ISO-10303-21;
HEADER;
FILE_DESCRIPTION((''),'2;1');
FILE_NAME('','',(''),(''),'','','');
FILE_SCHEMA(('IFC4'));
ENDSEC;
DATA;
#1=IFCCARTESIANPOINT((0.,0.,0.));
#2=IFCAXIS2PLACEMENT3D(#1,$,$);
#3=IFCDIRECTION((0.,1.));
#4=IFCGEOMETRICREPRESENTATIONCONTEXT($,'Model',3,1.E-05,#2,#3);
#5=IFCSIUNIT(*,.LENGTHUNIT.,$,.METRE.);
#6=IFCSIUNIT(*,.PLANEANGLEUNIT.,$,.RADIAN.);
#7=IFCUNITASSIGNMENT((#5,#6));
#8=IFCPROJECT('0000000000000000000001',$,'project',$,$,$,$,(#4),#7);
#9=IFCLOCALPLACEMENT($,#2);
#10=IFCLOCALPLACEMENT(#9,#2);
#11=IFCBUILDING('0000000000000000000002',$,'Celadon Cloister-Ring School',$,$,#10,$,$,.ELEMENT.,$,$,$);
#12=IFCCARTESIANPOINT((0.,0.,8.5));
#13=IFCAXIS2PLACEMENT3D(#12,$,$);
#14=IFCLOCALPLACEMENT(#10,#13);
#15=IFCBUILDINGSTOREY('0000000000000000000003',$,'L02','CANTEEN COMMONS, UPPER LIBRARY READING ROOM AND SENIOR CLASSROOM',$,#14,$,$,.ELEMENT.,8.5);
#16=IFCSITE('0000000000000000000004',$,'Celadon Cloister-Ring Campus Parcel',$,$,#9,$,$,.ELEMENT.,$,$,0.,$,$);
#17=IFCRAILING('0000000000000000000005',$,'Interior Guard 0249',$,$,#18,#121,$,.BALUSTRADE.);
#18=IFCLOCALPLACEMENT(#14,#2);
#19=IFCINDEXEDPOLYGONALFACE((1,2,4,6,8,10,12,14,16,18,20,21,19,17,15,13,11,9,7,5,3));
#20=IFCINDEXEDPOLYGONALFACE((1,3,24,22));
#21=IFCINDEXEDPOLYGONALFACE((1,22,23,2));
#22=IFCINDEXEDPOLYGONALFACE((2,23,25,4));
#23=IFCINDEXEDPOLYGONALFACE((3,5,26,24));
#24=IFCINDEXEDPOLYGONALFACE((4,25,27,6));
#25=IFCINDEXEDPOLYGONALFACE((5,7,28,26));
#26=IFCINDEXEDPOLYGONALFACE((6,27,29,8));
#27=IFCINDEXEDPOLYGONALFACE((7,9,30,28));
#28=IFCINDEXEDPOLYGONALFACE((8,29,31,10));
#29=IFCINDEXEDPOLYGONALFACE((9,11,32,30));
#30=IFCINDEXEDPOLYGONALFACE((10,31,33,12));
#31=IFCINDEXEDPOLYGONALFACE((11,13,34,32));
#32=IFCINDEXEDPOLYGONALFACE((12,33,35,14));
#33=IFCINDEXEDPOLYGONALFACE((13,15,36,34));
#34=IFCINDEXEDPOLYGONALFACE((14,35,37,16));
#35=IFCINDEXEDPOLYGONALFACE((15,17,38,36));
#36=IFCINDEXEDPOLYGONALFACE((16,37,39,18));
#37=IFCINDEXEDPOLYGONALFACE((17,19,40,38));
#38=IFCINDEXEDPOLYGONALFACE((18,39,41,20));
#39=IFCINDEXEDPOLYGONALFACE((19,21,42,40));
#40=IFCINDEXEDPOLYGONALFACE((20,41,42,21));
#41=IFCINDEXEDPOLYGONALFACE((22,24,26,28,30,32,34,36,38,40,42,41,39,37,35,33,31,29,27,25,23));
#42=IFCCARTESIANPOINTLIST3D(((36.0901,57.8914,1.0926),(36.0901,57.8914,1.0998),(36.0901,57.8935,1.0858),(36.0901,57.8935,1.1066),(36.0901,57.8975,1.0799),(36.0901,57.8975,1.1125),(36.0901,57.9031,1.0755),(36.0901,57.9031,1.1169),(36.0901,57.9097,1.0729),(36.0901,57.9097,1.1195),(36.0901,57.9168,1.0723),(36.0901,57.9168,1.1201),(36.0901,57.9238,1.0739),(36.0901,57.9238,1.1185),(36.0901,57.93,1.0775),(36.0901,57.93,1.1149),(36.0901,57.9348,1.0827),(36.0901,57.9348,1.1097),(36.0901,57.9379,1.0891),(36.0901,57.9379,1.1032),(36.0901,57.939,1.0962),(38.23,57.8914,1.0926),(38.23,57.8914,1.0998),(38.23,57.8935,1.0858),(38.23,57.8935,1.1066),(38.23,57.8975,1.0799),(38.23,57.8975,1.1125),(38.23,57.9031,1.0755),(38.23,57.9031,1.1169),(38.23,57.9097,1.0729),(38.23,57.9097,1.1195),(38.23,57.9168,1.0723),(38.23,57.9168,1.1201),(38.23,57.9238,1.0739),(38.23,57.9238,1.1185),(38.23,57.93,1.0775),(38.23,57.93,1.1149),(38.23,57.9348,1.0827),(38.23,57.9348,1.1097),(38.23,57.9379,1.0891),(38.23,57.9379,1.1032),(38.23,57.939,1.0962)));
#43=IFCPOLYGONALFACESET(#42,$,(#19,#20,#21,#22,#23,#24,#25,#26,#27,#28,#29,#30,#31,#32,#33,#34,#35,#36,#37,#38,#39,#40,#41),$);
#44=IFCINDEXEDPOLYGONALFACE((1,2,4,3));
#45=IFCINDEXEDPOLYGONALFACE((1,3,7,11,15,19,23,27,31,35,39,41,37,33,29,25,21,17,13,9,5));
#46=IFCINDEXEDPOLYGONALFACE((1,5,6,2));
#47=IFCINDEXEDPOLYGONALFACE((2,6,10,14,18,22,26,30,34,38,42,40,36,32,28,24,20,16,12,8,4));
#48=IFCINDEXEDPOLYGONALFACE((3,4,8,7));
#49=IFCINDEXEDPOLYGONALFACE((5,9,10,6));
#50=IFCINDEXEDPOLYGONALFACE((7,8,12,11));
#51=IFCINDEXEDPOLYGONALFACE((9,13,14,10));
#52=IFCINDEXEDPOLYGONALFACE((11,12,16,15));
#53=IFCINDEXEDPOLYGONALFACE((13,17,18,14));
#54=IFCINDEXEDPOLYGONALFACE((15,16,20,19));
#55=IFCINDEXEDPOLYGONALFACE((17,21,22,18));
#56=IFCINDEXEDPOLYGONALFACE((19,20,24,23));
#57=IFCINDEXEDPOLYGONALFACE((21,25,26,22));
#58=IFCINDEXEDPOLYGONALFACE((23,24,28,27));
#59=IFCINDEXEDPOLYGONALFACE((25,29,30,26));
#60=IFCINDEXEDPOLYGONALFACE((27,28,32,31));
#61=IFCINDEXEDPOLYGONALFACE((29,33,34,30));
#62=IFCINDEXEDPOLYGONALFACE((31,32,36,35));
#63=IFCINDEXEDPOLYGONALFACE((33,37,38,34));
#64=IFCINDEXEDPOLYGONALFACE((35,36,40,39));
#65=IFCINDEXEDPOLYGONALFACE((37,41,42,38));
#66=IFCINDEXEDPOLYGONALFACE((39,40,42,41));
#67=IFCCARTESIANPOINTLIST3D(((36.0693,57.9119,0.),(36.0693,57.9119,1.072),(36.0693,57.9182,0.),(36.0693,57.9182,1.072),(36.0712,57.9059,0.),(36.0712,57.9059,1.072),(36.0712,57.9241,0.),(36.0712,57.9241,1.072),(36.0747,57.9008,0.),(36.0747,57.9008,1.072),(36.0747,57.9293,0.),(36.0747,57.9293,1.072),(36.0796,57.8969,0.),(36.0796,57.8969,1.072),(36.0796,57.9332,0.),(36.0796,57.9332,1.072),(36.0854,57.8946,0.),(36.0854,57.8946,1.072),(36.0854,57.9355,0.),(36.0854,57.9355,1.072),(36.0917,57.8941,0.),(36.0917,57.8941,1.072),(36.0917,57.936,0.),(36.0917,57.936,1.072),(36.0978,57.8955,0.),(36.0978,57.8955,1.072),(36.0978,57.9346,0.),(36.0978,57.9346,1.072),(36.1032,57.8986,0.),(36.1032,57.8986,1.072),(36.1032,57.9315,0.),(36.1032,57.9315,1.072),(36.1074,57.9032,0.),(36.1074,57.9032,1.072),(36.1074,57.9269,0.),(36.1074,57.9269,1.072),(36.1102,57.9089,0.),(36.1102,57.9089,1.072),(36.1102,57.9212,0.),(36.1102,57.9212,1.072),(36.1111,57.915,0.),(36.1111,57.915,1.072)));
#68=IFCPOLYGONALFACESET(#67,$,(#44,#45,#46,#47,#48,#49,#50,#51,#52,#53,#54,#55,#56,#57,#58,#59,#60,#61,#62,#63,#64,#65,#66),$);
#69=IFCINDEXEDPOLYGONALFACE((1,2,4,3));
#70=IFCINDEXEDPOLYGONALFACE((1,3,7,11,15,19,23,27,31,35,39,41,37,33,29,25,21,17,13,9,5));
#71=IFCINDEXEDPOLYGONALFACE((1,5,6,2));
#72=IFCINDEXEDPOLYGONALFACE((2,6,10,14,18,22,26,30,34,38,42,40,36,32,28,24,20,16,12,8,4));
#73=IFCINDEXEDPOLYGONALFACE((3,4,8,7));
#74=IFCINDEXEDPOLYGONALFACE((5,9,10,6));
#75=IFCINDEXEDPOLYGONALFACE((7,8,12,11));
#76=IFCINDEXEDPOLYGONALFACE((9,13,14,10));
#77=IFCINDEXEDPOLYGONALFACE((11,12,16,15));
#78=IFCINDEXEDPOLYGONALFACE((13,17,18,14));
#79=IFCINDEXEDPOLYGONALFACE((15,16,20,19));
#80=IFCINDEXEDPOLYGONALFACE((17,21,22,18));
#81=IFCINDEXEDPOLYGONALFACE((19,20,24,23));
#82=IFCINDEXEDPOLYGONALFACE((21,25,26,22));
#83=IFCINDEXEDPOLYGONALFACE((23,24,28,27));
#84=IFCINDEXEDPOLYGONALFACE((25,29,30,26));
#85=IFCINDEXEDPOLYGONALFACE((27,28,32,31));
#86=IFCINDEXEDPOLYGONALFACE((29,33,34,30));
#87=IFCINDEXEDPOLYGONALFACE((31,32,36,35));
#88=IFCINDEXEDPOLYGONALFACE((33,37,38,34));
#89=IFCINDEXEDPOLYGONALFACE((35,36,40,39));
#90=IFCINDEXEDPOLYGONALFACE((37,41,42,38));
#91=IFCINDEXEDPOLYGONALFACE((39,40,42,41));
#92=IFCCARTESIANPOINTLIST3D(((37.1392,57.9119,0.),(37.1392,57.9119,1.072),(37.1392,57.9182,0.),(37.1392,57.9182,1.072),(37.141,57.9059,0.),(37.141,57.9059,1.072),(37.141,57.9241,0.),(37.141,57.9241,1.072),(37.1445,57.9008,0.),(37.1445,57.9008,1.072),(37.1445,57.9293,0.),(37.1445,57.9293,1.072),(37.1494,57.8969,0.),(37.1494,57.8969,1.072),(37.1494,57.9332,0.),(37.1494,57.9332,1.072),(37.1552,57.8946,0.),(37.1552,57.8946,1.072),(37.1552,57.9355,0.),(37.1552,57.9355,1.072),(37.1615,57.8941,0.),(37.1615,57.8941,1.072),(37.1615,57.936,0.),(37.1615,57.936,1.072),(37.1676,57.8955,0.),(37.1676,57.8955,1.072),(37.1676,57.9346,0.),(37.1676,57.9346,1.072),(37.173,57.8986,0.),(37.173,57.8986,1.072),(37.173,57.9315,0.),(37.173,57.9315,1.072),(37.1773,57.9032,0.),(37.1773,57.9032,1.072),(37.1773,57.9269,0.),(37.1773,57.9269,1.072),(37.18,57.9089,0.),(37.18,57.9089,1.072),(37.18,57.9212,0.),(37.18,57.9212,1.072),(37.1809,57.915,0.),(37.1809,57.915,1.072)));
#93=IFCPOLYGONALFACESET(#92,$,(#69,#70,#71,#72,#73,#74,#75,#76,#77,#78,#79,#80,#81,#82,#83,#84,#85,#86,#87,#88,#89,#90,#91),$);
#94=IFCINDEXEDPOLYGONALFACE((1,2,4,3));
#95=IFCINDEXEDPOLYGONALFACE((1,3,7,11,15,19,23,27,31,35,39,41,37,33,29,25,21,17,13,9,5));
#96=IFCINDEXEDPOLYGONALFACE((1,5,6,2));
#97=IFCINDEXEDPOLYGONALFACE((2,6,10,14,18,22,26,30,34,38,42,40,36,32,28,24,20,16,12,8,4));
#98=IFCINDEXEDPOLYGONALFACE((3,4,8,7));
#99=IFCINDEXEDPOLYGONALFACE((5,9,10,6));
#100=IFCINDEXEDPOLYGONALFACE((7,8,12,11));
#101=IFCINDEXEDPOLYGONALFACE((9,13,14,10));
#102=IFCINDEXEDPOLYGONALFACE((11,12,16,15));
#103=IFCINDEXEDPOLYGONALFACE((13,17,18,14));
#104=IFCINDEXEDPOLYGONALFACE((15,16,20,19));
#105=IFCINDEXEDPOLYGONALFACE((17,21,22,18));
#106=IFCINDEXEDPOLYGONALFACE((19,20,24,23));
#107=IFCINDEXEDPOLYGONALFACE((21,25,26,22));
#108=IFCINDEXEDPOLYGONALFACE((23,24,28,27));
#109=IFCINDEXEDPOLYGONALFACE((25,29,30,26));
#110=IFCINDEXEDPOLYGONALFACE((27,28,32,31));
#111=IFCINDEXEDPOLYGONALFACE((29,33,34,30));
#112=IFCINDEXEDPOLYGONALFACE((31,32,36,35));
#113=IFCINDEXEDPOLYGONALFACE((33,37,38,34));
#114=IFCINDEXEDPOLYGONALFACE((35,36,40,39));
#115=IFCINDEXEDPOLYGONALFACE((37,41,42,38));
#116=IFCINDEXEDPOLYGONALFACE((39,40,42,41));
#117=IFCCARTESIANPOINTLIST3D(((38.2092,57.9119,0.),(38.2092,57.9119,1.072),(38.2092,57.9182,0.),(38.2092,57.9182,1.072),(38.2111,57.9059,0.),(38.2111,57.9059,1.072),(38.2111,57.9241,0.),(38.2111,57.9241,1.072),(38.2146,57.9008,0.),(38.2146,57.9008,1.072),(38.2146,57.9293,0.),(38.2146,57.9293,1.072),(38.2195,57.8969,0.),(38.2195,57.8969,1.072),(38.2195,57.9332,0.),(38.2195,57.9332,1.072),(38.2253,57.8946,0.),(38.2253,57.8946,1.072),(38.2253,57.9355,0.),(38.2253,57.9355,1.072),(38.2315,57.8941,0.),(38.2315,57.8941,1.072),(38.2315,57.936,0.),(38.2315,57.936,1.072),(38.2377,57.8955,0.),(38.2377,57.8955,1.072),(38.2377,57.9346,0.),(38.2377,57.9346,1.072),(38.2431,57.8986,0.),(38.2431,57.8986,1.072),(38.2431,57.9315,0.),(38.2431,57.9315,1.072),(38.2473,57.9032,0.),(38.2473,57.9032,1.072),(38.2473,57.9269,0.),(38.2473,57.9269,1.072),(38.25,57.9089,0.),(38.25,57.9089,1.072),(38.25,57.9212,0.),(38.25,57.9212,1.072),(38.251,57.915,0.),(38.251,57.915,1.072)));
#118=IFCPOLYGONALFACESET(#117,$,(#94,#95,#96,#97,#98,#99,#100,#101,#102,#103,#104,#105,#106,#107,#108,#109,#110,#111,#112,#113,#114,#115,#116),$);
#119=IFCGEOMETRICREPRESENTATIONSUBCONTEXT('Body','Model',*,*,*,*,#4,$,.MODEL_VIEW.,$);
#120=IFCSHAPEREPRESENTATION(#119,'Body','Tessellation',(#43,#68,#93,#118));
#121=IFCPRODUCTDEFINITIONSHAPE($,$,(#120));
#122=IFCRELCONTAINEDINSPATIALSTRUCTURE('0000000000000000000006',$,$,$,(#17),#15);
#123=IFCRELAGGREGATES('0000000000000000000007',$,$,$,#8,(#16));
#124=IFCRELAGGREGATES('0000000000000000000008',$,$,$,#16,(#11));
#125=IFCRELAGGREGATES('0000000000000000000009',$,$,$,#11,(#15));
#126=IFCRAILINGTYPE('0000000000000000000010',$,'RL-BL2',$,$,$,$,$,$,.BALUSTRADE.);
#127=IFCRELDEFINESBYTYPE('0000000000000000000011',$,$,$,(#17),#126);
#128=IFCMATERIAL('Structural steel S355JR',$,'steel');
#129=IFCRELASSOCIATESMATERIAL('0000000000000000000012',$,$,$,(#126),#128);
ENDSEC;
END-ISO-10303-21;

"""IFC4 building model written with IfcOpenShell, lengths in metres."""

from ifc_helpers import new_model, si_unit, direction, frame, origin, origin_2d, place, context, subcontext, project, spatial, circle, extrude, material, type_object, element, save


model = new_model("IFC4")

# Units and contexts
model_context = context("Model", 3, precision=1e-05, world=origin(), true_north=direction((0.0, 1.0)))
body_context = subcontext(model_context, "Body", "Model", "MODEL_VIEW")
ifc_project = project(units=[si_unit("LENGTHUNIT", "METRE"), si_unit("PLANEANGLEUNIT", "RADIAN")], contexts=[model_context])

# Site, building, storey
site_placement = place(None, origin())
site = spatial("IfcSite", under=ifc_project, at=site_placement, Name="Celadon Cloister-Ring Campus Parcel", CompositionType="ELEMENT", RefElevation=0.0)
building_placement = place(site_placement, origin())
building = spatial("IfcBuilding", under=site, at=building_placement, Name="Celadon Cloister-Ring School", CompositionType="ELEMENT")
storey_placement = place(building_placement, frame((0.0, 0.0, 8.5)))
storey = spatial("IfcBuildingStorey", under=building, at=storey_placement, Name="L02", Description="CANTEEN COMMONS, UPPER LIBRARY READING ROOM AND SENIOR CLASSROOM", CompositionType="ELEMENT", Elevation=8.5)

# Railing
ifc_material_1 = material(Name="Structural steel S355JR", Category="steel")
railing_type_1 = type_object("IfcRailingType", Name="RL-BL2", PredefinedType="BALUSTRADE", material=ifc_material_1)
railing_1_placement = place(storey_placement, frame((36.0901, 57.915, 0.0)))
element("IfcRailing", 1, at=railing_1_placement, inside=storey, type_object=railing_type_1, Name="Interior Guard 0249", PredefinedType="BALUSTRADE", context=body_context, shape_type="SweptSolid", body=[
    extrude(circle(Radius=0.0239, at=origin_2d()), frame((0.0, 0.0, 1.0962), z_axis=(1.0, 0.0, 0.0), x_axis=(0.0, 1.0, 0.0)), (0.0, 0.0, 1.0), 2.1399),
    extrude(circle(Radius=0.021, at=origin_2d()), origin(), (0.0, 0.0, 1.0), 1.072),
    extrude(circle(Radius=0.021, at=origin_2d()), frame((1.0698, 0.0, 0.0)), (0.0, 0.0, 1.0), 1.072),
    extrude(circle(Radius=0.021, at=origin_2d()), frame((2.1399, 0.0, 0.0)), (0.0, 0.0, 1.0), 1.072),
])

save(model, "model.ifc")
